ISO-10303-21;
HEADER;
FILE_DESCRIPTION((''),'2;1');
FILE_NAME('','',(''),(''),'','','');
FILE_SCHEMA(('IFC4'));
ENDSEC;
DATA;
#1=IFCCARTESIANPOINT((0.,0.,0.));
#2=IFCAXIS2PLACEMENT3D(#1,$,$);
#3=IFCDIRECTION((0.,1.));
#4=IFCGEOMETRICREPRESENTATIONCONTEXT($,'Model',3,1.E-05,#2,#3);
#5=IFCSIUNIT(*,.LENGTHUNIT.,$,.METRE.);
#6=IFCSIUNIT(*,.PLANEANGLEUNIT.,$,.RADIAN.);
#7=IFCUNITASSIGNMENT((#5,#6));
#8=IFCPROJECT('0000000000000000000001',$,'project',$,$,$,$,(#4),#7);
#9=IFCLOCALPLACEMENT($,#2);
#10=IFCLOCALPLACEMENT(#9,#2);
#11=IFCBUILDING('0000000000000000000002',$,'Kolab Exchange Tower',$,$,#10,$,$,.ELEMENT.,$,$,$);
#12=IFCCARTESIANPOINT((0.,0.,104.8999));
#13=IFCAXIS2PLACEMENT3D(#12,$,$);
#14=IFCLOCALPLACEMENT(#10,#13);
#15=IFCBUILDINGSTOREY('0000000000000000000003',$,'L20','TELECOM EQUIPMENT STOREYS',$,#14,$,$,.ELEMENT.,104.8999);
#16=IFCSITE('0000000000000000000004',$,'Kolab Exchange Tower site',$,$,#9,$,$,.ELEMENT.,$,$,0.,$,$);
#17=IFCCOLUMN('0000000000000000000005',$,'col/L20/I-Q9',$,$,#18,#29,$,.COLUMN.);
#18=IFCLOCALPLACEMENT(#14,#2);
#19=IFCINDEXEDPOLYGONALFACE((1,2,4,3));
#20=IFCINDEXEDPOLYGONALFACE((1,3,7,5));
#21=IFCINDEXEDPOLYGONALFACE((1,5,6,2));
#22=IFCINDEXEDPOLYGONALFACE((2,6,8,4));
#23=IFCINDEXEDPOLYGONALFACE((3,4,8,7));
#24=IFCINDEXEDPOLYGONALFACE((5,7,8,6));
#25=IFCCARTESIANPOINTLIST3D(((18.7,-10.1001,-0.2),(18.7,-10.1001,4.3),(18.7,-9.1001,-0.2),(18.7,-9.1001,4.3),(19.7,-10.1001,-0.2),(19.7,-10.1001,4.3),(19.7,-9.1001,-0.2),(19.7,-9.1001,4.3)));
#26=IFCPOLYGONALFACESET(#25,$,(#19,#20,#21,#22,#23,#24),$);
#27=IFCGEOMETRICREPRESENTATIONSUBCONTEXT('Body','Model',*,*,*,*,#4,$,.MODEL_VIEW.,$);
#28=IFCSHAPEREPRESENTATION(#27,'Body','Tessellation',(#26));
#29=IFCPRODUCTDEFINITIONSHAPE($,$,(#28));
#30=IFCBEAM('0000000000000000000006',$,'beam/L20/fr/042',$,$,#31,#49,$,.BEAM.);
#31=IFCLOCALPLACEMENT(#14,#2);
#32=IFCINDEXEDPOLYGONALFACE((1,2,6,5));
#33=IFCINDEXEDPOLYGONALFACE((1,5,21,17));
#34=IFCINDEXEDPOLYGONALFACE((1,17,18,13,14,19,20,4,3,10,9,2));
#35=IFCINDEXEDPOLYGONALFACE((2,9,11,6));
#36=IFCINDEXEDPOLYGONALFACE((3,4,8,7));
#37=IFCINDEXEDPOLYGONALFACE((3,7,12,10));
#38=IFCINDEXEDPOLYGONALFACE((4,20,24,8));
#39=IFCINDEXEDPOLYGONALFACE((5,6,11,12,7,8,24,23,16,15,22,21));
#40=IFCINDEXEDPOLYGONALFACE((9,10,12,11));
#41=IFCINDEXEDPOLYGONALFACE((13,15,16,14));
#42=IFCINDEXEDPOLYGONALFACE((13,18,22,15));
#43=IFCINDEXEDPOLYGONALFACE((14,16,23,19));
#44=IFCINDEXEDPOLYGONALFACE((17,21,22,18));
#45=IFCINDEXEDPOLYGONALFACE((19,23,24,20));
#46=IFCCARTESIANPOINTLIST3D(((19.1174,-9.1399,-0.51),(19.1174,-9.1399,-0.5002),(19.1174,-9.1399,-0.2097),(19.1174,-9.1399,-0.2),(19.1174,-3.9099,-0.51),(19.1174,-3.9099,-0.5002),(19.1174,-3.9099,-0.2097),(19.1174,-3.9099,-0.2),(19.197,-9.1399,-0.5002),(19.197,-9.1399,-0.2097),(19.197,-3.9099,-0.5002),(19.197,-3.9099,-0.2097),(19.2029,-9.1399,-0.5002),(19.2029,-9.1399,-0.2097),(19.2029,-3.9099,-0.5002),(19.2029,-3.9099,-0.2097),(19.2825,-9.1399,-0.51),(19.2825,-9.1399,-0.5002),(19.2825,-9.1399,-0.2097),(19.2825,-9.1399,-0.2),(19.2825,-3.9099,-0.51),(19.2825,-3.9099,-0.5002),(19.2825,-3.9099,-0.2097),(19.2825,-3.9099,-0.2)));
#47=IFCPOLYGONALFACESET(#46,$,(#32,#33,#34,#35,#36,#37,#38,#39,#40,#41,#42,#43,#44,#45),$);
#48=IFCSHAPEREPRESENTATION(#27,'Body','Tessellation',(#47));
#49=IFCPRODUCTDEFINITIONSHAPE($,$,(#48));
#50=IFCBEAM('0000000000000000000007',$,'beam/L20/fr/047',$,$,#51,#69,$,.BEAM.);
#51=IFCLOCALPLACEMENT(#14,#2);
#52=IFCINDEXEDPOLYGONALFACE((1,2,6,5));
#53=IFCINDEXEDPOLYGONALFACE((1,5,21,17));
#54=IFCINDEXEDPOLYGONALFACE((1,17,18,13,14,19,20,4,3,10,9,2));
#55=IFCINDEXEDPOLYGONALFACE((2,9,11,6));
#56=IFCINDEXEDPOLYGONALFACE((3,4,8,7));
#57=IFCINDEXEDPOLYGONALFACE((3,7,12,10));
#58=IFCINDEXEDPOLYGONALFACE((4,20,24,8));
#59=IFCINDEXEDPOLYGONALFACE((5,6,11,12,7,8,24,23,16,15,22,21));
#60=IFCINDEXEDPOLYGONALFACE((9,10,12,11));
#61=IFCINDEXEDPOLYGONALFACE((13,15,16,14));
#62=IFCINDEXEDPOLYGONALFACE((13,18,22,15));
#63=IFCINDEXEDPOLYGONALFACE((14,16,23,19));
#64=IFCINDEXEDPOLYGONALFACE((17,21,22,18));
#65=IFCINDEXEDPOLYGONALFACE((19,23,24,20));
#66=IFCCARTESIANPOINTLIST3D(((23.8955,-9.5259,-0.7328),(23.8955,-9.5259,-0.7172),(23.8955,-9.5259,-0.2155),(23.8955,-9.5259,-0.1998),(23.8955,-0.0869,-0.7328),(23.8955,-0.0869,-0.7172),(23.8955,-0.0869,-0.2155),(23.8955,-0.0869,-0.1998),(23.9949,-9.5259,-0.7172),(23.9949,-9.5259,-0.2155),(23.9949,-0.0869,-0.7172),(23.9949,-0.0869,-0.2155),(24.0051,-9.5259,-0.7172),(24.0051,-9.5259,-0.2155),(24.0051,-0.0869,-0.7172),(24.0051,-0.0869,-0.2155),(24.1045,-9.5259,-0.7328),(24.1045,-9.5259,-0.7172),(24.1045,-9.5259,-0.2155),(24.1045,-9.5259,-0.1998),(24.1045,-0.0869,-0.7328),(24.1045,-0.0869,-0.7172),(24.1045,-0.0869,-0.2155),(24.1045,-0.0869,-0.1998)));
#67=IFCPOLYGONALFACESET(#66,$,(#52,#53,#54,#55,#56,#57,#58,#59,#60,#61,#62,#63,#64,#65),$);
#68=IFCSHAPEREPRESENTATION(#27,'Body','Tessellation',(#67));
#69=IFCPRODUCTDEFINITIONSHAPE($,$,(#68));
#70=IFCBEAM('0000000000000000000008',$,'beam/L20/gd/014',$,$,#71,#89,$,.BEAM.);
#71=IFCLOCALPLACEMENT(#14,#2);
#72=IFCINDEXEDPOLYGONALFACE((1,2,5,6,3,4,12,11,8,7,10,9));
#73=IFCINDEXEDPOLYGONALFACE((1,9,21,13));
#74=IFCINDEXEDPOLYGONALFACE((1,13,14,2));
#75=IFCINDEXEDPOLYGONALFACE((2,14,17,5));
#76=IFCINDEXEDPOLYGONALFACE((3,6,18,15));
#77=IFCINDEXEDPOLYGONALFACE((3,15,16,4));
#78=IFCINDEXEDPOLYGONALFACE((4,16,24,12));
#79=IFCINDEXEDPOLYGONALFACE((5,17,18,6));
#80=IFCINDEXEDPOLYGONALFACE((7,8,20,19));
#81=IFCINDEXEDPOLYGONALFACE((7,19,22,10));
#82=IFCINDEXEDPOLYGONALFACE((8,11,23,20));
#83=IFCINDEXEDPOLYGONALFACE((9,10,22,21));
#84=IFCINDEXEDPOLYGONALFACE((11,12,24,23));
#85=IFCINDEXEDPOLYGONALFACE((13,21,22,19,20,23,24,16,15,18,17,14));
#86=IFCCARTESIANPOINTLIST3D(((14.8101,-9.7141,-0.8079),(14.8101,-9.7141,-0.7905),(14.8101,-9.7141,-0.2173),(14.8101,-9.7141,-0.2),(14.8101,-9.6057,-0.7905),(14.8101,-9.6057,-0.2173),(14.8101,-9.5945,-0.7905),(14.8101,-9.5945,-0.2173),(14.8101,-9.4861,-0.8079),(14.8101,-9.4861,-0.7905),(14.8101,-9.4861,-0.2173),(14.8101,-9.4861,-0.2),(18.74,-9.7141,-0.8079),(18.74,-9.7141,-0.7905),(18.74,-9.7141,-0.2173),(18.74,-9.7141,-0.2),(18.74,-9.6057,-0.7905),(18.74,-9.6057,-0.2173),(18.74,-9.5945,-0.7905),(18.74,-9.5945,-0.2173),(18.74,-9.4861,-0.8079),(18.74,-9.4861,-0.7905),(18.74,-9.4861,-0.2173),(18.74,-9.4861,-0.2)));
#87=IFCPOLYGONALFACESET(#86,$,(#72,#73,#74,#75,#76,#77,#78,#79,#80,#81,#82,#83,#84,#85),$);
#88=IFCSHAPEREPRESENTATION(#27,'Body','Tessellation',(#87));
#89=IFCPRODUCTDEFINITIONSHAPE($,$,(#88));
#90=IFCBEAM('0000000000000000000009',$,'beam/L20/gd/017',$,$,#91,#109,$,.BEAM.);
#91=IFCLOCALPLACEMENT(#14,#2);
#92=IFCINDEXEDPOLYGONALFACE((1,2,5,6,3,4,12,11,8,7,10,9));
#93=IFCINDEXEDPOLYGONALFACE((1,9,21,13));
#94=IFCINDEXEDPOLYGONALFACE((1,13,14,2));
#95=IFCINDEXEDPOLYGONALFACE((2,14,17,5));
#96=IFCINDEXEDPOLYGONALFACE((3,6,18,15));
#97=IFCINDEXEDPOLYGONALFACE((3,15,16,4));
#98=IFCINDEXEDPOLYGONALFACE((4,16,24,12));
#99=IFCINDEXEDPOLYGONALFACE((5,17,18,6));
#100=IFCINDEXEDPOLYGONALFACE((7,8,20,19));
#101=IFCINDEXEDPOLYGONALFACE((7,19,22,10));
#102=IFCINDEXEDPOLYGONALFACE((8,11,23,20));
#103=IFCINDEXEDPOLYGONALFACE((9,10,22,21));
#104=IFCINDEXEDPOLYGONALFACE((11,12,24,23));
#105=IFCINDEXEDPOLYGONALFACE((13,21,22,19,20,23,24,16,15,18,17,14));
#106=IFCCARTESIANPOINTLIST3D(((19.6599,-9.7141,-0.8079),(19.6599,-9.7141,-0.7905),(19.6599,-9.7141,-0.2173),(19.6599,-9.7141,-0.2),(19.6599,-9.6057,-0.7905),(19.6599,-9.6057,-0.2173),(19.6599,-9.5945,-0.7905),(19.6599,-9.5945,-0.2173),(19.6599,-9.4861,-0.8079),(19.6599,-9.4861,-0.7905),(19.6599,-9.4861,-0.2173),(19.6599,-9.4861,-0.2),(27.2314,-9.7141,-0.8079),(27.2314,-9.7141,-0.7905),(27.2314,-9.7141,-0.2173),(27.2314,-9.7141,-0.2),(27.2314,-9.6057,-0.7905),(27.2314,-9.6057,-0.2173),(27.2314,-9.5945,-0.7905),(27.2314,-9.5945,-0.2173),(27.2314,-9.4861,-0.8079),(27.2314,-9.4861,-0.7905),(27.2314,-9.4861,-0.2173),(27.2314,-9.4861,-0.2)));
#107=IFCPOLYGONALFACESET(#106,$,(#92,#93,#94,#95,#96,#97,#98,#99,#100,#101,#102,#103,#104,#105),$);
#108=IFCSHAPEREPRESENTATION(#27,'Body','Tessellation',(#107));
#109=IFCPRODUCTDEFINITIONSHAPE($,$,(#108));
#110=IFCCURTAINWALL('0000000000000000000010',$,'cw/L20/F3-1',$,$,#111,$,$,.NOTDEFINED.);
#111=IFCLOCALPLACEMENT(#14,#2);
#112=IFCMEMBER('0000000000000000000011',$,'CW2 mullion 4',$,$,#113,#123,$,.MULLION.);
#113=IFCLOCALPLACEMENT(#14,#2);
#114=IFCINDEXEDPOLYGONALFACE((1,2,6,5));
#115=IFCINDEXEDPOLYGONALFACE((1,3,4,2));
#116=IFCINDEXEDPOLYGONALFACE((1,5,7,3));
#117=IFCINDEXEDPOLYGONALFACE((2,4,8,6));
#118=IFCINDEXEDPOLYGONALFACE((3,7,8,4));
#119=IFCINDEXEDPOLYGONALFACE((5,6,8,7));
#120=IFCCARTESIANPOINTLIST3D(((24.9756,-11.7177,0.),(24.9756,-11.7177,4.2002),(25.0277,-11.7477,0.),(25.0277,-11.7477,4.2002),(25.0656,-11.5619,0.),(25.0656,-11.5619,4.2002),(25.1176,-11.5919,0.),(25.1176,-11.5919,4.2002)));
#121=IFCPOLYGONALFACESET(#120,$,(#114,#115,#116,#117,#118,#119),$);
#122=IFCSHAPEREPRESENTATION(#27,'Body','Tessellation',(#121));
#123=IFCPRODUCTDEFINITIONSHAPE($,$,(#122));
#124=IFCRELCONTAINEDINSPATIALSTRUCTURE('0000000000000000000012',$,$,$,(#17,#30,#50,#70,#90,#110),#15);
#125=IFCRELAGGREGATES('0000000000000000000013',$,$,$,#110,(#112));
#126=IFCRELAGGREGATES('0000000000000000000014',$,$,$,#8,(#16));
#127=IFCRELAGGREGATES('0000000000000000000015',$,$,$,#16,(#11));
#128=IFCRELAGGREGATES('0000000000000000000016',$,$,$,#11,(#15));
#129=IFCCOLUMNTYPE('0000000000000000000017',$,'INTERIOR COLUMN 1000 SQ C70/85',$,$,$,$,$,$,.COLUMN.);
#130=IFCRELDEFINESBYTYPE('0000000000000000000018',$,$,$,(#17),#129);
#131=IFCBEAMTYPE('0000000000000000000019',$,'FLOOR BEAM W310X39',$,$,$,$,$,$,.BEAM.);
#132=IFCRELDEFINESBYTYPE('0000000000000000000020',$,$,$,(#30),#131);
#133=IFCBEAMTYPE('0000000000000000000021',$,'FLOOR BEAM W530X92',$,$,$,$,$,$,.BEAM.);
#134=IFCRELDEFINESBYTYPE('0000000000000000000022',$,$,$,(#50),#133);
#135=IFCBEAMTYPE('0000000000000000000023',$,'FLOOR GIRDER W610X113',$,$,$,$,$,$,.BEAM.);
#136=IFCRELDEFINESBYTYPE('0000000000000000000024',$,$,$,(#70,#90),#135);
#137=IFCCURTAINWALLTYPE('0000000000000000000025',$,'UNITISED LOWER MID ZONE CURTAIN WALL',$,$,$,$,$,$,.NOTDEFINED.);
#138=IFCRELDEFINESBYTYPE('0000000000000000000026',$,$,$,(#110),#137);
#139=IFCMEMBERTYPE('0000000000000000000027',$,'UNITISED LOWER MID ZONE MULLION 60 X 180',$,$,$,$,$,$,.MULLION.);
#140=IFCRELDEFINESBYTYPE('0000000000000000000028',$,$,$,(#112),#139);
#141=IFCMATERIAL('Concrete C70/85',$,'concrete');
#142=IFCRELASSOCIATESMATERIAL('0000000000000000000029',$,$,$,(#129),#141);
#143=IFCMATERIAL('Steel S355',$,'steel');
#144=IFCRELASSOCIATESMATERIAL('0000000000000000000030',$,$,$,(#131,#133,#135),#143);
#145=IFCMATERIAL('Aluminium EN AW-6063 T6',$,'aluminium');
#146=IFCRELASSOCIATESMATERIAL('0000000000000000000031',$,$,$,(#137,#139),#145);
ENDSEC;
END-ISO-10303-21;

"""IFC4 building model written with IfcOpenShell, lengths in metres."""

from ifc_helpers import new_model, si_unit, direction, frame, origin, origin_2d, place, context, subcontext, project, spatial, rectangle, i_section, extrude, material, material_profile, profile_set, type_object, element, aggregate, save


model = new_model("IFC4")

# Units and contexts
model_context = context("Model", 3, precision=1e-05, world=origin(), true_north=direction((0.0, 1.0)))
body_context = subcontext(model_context, "Body", "Model", "MODEL_VIEW")
ifc_project = project(units=[si_unit("LENGTHUNIT", "METRE"), si_unit("PLANEANGLEUNIT", "RADIAN")], contexts=[model_context])

# Site, building, storey
site_placement = place(None, origin())
site = spatial("IfcSite", under=ifc_project, at=site_placement, Name="Kolab Exchange Tower site", CompositionType="ELEMENT", RefElevation=0.0)
building_placement = place(site_placement, origin())
building = spatial("IfcBuilding", under=site, at=building_placement, Name="Kolab Exchange Tower", CompositionType="ELEMENT")
storey_placement = place(building_placement, frame((0.0, 0.0, 104.8999)))
storey = spatial("IfcBuildingStorey", under=building, at=storey_placement, Name="L20", Description="TELECOM EQUIPMENT STOREYS", CompositionType="ELEMENT", Elevation=104.8999)

# Column
ifc_material_1 = material(Name="Concrete C70/85", Category="concrete")
ifc_material_profile_1 = material_profile(ifc_material_1, rectangle(XDim=1.0, YDim=1.0, at=origin_2d()), Name="RC1000")
ifc_profile_set_1 = profile_set([ifc_material_profile_1], Name="Concrete C70/85")
column_type = type_object("IfcColumnType", Name="INTERIOR COLUMN 1000 SQ C70/85", PredefinedType="COLUMN", material=ifc_profile_set_1)
column_placement = place(storey_placement, frame((19.2, -9.6001, -0.2), z_axis=(0.0, 0.0, 1.0), x_axis=(1.0, 0.0, 0.0)))
element("IfcColumn", 1, at=column_placement, inside=storey, type_object=column_type, Name="col/L20/I-Q9", PredefinedType="COLUMN", context=body_context, shape_type="SweptSolid", body=[
    extrude(rectangle(XDim=1.0, YDim=1.0, at=origin_2d()), origin(), (0.0, 0.0, 1.0), 4.5),
])

# Beams
ifc_material_2 = material(Name="Steel S355", Category="steel")
ifc_material_profile_2 = material_profile(ifc_material_2, i_section(OverallWidth=0.165, OverallDepth=0.3101, WebThickness=0.0059, FlangeThickness=0.0098, at=origin_2d()), Name="W310X39")
ifc_profile_set_2 = profile_set([ifc_material_profile_2], Name="Steel S355")
beam_type_1 = type_object("IfcBeamType", Name="FLOOR BEAM W310X39", PredefinedType="BEAM", material=ifc_profile_set_2)
beam_1_placement = place(storey_placement, frame((19.2, -9.1399, -0.355), z_axis=(0.0, 1.0, 0.0), x_axis=(-1.0, 0.0, 0.0)))
element("IfcBeam", 2, at=beam_1_placement, inside=storey, type_object=beam_type_1, Name="beam/L20/fr/042", PredefinedType="BEAM", context=body_context, shape_type="SweptSolid", body=[
    extrude(i_section(OverallWidth=0.165, OverallDepth=0.3101, WebThickness=0.0059, FlangeThickness=0.0098, at=origin_2d()), origin(), (0.0, 0.0, 1.0), 5.23),
])
ifc_material_profile_3 = material_profile(ifc_material_2, i_section(OverallWidth=0.209, OverallDepth=0.533, WebThickness=0.0103, FlangeThickness=0.0156, at=origin_2d()), Name="W530X92")
ifc_profile_set_3 = profile_set([ifc_material_profile_3], Name="Steel S355")
beam_type_2 = type_object("IfcBeamType", Name="FLOOR BEAM W530X92", PredefinedType="BEAM", material=ifc_profile_set_3)
beam_2_placement = place(storey_placement, frame((24.0, -9.5259, -0.4663), z_axis=(0.0, 1.0, 0.0), x_axis=(-1.0, 0.0, 0.0)))
element("IfcBeam", 3, at=beam_2_placement, inside=storey, type_object=beam_type_2, Name="beam/L20/fr/047", PredefinedType="BEAM", context=body_context, shape_type="SweptSolid", body=[
    extrude(i_section(OverallWidth=0.209, OverallDepth=0.533, WebThickness=0.0103, FlangeThickness=0.0156, at=origin_2d()), origin(), (0.0, 0.0, 1.0), 9.439),
])
ifc_material_profile_4 = material_profile(ifc_material_2, i_section(OverallWidth=0.228, OverallDepth=0.6079, WebThickness=0.0112, FlangeThickness=0.0173, at=origin_2d()), Name="W610X113")
ifc_profile_set_4 = profile_set([ifc_material_profile_4], Name="Steel S355")
beam_type_3 = type_object("IfcBeamType", Name="FLOOR GIRDER W610X113", PredefinedType="BEAM", material=ifc_profile_set_4)
beam_3_placement = place(storey_placement, frame((14.8101, -9.6001, -0.5039), z_axis=(1.0, 0.0, 0.0), x_axis=(0.0, 1.0, 0.0)))
element("IfcBeam", 4, at=beam_3_placement, inside=storey, type_object=beam_type_3, Name="beam/L20/gd/014", PredefinedType="BEAM", context=body_context, shape_type="SweptSolid", body=[
    extrude(i_section(OverallWidth=0.228, OverallDepth=0.6079, WebThickness=0.0112, FlangeThickness=0.0173, at=origin_2d()), origin(), (0.0, 0.0, 1.0), 3.9299),
])
beam_4_placement = place(storey_placement, frame((19.6599, -9.6001, -0.5039), z_axis=(1.0, 0.0, 0.0), x_axis=(0.0, 1.0, 0.0)))
element("IfcBeam", 5, at=beam_4_placement, inside=storey, type_object=beam_type_3, Name="beam/L20/gd/017", PredefinedType="BEAM", context=body_context, shape_type="SweptSolid", body=[
    extrude(i_section(OverallWidth=0.228, OverallDepth=0.6079, WebThickness=0.0112, FlangeThickness=0.0173, at=origin_2d()), origin(), (0.0, 0.0, 1.0), 7.5715),
])

# Curtain wall, member
ifc_material_3 = material(Name="Aluminium EN AW-6063 T6", Category="aluminium")
curtain_wall_type = type_object("IfcCurtainWallType", Name="UNITISED LOWER MID ZONE CURTAIN WALL", PredefinedType="NOTDEFINED", material=ifc_material_3)
curtain_wall_placement = place(storey_placement, origin())
curtain_wall = element("IfcCurtainWall", 6, at=curtain_wall_placement, inside=storey, type_object=curtain_wall_type, Name="cw/L20/F3-1", PredefinedType="NOTDEFINED")
ifc_material_profile_5 = material_profile(ifc_material_3, rectangle(XDim=0.0601, YDim=0.1799, at=origin_2d()), Name="RECT 60X180")
ifc_profile_set_5 = profile_set([ifc_material_profile_5], Name="Aluminium EN AW-6063 T6")
member_type = type_object("IfcMemberType", Name="UNITISED LOWER MID ZONE MULLION 60 X 180", PredefinedType="MULLION", material=ifc_profile_set_5)
member_placement = place(storey_placement, frame((25.0466, -11.6548, 0.0), z_axis=(0.0, 0.0, 1.0), x_axis=(0.866025, -0.5, 0.0)))
member = element("IfcMember", 7, at=member_placement, type_object=member_type, Name="CW2 mullion 4", PredefinedType="MULLION", context=body_context, shape_type="SweptSolid", body=[
    extrude(rectangle(XDim=0.0601, YDim=0.1799, at=origin_2d()), origin(), (0.0, 0.0, 1.0), 4.2002),
])
aggregate(curtain_wall, [member])

save(model, "model.ifc")
